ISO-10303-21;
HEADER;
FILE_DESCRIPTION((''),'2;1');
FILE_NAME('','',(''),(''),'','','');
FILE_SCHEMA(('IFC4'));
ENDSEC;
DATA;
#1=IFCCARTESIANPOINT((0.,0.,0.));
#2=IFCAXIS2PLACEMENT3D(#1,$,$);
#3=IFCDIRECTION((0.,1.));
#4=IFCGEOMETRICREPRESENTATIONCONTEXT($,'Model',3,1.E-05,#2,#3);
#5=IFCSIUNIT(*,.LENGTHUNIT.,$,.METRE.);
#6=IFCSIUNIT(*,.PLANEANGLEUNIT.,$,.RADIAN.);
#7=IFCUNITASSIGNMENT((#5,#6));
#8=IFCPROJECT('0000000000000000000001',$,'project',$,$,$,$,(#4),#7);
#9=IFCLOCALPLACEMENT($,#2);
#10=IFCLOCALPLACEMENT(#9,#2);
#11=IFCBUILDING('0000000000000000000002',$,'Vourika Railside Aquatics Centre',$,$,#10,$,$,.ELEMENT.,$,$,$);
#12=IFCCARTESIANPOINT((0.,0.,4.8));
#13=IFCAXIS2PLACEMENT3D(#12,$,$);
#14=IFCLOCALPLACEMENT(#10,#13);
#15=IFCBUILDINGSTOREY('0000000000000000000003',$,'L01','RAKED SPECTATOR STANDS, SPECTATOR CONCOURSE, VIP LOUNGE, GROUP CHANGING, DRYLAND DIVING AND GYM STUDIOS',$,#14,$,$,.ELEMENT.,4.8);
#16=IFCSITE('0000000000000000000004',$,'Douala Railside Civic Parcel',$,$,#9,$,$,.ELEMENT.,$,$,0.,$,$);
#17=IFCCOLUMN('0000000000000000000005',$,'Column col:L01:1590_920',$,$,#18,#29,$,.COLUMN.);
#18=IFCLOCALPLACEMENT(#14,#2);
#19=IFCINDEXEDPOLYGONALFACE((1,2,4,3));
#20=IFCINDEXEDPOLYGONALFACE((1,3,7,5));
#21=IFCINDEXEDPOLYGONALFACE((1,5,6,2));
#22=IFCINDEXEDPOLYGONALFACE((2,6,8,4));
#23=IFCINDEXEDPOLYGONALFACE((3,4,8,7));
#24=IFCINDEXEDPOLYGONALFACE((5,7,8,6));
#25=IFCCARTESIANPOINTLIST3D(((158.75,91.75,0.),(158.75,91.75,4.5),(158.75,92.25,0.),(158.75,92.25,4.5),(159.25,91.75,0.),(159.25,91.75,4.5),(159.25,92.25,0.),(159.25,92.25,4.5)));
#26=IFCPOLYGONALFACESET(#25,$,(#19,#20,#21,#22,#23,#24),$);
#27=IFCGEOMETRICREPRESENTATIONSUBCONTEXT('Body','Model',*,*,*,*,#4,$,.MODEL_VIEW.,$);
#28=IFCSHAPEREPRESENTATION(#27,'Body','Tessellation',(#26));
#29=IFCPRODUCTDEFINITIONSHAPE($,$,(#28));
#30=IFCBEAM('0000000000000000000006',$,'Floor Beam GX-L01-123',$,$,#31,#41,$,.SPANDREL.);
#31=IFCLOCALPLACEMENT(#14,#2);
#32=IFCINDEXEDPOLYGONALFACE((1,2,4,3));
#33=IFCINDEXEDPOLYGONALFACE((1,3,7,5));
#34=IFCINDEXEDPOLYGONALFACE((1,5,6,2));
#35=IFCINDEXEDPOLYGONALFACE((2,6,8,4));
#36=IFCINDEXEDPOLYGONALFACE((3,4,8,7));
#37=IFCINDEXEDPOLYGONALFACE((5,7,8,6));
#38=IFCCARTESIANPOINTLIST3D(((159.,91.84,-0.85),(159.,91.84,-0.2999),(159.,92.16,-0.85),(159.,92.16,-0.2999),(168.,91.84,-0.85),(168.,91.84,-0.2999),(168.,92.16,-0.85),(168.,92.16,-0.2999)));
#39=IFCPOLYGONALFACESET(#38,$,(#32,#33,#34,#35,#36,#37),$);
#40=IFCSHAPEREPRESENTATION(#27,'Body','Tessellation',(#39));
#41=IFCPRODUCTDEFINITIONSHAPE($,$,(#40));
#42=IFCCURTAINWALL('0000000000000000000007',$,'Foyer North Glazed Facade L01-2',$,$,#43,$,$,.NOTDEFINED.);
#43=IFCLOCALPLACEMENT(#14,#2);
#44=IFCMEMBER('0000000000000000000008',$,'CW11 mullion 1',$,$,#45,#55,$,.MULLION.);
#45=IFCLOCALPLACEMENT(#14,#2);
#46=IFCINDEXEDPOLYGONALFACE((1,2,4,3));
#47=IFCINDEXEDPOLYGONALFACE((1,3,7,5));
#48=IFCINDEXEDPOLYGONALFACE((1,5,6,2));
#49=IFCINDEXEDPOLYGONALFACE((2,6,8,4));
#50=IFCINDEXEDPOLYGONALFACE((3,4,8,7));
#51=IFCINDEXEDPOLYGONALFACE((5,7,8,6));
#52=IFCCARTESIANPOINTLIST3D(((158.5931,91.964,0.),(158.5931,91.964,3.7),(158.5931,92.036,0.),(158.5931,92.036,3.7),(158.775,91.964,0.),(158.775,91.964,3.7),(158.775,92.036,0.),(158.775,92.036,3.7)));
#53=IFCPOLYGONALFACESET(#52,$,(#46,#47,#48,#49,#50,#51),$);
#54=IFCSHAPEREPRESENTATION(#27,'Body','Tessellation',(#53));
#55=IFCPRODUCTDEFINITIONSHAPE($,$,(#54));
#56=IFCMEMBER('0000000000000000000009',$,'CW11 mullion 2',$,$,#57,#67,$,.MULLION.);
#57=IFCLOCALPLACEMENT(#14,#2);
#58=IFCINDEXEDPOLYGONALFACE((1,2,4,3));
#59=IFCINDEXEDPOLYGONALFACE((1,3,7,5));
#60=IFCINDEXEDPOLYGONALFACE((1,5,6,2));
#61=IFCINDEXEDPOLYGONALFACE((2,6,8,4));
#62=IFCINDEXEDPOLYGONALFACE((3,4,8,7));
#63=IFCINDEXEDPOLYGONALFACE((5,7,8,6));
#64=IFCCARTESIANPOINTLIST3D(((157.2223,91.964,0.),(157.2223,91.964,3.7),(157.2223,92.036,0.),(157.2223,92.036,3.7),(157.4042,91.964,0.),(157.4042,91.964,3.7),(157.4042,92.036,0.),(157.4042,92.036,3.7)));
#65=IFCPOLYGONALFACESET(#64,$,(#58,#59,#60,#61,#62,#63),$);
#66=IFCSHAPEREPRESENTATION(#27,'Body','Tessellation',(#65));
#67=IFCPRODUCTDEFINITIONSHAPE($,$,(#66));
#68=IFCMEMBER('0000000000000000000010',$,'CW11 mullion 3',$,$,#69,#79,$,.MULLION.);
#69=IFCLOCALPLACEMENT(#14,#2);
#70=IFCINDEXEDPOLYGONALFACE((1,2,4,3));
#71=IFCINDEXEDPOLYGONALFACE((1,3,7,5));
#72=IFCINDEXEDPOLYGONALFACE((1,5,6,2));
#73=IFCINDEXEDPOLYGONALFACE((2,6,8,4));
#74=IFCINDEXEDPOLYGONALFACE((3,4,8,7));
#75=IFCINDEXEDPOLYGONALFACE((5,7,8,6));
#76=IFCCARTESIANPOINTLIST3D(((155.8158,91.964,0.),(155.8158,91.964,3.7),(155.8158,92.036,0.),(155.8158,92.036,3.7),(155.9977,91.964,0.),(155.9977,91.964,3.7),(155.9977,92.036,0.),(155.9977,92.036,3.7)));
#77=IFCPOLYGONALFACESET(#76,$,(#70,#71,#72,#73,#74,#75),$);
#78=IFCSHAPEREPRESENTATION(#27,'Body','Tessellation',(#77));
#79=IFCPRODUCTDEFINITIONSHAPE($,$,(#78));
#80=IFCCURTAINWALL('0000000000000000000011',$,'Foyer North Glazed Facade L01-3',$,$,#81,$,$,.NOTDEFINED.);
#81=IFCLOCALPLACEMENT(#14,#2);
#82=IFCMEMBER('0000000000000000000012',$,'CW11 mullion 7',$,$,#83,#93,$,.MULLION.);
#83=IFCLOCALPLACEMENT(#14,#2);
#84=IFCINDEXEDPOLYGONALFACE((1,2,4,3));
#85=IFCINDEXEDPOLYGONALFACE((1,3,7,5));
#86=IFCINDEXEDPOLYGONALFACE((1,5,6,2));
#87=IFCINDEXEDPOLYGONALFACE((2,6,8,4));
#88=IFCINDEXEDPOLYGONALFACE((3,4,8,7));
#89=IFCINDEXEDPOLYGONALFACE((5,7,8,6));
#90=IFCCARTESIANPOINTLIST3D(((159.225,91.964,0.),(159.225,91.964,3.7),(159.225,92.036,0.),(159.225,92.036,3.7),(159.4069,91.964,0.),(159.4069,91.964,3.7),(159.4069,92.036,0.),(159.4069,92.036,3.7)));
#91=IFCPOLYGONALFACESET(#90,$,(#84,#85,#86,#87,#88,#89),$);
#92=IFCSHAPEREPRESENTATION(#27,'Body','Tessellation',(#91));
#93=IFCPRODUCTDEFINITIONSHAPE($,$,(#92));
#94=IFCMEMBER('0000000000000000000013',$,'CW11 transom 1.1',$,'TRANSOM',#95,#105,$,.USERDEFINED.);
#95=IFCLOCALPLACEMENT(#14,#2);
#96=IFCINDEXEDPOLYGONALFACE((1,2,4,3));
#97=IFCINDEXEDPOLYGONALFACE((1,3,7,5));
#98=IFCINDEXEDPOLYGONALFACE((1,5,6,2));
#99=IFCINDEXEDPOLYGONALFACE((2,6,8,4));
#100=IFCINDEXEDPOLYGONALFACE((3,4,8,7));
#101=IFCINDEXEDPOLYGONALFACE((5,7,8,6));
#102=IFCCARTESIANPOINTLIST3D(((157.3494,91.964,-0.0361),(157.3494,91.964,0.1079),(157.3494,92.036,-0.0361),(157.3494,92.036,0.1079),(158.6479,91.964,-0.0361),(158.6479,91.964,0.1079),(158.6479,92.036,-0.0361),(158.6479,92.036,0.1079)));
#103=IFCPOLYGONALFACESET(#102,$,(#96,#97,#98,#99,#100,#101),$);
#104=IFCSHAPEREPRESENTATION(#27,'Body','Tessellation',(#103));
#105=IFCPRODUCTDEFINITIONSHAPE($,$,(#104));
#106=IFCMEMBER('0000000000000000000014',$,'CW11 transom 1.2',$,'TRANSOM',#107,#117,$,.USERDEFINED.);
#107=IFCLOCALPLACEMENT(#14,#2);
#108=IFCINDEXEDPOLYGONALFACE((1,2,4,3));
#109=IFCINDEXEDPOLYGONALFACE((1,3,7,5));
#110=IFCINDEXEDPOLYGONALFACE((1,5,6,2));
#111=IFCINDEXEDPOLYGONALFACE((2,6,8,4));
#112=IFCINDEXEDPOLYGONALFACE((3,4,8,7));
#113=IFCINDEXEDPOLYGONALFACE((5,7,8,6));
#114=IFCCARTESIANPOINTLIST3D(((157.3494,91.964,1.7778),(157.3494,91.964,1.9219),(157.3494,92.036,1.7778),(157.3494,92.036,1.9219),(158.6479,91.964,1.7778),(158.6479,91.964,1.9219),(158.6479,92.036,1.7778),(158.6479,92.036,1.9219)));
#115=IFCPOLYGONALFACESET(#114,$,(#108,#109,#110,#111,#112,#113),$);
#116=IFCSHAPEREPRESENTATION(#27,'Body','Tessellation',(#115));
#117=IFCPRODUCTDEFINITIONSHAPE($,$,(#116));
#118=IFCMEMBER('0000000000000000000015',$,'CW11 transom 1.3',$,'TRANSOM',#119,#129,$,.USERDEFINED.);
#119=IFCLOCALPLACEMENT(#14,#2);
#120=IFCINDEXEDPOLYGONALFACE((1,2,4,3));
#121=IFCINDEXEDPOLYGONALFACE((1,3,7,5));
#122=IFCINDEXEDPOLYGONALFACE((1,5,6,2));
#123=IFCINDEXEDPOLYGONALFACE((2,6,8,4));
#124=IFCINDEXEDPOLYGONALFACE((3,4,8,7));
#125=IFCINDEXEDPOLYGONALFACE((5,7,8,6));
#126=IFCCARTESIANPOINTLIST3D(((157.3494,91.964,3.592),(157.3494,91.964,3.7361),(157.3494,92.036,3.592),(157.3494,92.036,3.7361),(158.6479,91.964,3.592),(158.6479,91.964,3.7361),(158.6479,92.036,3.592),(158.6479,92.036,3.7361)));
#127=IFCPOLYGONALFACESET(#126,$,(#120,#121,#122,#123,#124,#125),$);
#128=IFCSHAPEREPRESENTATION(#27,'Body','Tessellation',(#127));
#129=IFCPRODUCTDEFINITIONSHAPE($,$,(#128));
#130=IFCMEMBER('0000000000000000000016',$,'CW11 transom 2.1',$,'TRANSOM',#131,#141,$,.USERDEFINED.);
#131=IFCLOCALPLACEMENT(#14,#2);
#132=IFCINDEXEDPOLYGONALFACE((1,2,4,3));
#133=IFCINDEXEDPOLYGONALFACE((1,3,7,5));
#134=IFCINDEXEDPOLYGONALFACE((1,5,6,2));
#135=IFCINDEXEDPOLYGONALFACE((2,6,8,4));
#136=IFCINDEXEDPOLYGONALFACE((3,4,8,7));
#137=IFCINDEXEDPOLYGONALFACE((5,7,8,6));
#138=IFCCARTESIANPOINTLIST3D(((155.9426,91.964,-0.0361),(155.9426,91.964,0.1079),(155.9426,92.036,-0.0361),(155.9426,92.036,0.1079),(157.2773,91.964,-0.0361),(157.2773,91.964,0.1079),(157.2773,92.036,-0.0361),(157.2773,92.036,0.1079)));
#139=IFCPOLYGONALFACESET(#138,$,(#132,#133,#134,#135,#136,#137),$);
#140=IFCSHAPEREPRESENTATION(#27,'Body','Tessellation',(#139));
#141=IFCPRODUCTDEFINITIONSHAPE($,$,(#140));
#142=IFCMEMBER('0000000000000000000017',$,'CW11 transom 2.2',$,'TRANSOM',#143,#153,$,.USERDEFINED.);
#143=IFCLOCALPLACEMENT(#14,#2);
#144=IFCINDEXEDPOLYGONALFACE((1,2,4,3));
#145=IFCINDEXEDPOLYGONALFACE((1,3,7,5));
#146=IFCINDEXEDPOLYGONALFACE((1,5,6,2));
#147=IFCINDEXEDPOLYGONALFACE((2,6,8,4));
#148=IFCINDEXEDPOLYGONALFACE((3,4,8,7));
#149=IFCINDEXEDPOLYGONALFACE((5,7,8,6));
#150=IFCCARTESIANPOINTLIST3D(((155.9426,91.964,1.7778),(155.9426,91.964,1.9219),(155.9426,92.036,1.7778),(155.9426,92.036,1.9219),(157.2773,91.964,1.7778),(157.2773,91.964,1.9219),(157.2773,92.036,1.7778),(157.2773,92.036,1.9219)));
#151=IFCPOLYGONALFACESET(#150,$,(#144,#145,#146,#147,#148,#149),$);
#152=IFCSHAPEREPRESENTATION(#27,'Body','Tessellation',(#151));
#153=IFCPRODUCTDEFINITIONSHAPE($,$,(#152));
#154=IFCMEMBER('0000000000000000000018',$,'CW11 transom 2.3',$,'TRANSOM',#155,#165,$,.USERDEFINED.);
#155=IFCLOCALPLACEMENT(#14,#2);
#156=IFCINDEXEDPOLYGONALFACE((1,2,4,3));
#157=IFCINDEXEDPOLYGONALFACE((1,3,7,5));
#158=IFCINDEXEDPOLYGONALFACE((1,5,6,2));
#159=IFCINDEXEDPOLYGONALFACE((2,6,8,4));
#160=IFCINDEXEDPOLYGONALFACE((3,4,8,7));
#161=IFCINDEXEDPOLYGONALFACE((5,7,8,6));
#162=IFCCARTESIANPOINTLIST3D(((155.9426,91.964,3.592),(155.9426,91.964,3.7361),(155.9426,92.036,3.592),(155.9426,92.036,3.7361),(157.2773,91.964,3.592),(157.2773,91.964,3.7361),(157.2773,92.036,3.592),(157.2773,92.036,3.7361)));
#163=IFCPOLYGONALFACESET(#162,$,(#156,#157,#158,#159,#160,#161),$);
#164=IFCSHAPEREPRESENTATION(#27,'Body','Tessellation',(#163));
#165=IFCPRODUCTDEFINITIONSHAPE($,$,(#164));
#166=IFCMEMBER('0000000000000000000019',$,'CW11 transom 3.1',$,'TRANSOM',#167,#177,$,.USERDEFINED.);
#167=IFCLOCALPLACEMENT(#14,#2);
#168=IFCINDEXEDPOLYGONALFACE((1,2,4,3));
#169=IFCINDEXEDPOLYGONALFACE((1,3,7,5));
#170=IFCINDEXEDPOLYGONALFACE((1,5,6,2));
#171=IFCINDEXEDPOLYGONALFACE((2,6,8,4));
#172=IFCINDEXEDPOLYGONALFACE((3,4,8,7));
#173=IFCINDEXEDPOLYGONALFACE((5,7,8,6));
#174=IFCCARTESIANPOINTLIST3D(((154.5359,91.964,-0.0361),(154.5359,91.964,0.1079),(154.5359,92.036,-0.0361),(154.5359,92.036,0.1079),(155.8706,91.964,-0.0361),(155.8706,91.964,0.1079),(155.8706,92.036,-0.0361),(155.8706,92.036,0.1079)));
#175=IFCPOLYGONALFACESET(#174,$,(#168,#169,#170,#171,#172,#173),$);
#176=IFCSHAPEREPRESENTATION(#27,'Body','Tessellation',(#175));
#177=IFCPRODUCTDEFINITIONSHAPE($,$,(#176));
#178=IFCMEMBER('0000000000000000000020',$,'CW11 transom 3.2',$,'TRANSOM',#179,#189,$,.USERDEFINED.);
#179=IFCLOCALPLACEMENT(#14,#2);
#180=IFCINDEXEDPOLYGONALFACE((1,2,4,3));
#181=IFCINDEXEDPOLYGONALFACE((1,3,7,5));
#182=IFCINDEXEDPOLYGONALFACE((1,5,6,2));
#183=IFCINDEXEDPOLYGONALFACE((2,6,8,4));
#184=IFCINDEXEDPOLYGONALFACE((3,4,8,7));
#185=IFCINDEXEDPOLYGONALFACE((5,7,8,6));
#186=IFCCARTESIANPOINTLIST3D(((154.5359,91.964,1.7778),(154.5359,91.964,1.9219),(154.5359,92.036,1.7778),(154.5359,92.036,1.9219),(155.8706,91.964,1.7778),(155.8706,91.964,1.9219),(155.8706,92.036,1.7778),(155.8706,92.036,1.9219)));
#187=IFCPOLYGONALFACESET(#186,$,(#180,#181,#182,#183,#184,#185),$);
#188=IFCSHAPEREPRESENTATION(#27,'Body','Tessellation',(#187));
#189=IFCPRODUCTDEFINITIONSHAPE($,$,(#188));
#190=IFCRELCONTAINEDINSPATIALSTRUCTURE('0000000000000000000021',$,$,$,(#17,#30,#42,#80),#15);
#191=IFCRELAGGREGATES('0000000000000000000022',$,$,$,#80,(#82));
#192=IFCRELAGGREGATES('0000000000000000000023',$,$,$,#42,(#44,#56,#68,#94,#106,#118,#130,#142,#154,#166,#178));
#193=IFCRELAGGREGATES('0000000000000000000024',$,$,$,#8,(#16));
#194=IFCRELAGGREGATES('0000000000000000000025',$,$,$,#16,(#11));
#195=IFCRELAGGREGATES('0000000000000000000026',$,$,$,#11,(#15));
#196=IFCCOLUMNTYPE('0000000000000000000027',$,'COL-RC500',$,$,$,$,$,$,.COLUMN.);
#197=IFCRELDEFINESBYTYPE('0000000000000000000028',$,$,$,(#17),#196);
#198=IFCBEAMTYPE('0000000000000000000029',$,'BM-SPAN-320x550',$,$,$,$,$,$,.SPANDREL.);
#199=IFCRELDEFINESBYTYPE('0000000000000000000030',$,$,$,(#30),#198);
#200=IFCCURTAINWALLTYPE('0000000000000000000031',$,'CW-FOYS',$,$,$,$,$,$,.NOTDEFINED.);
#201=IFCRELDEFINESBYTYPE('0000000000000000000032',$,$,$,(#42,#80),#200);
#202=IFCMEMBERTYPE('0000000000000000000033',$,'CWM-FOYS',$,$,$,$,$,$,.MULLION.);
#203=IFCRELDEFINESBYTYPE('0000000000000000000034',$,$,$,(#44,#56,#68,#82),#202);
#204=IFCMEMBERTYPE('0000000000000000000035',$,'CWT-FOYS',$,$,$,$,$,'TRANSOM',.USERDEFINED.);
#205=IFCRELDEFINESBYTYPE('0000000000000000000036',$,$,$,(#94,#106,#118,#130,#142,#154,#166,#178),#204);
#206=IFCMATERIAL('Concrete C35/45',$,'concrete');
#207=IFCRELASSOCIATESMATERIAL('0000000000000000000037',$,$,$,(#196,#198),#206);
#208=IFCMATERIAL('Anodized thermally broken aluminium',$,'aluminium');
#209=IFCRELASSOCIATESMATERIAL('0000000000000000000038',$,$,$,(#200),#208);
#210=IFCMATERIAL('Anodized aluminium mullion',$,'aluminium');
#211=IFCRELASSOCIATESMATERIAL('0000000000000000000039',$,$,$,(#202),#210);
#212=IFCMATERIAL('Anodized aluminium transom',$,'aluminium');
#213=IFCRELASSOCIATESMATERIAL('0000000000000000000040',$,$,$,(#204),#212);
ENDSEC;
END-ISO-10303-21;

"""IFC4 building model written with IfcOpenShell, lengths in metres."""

from ifc_helpers import new_model, si_unit, direction, frame, origin, origin_2d, place, context, subcontext, project, spatial, rectangle, extrude, material, material_profile, profile_set, type_object, element, aggregate, save


model = new_model("IFC4")

# Units and contexts
model_context = context("Model", 3, precision=1e-05, world=origin(), true_north=direction((0.0, 1.0)))
body_context = subcontext(model_context, "Body", "Model", "MODEL_VIEW")
ifc_project = project(units=[si_unit("LENGTHUNIT", "METRE"), si_unit("PLANEANGLEUNIT", "RADIAN")], contexts=[model_context])

# Site, building, storey
site_placement = place(None, origin())
site = spatial("IfcSite", under=ifc_project, at=site_placement, Name="Douala Railside Civic Parcel", CompositionType="ELEMENT", RefElevation=0.0)
building_placement = place(site_placement, origin())
building = spatial("IfcBuilding", under=site, at=building_placement, Name="Vourika Railside Aquatics Centre", CompositionType="ELEMENT")
storey_placement = place(building_placement, frame((0.0, 0.0, 4.8)))
storey = spatial("IfcBuildingStorey", under=building, at=storey_placement, Name="L01", Description="RAKED SPECTATOR STANDS, SPECTATOR CONCOURSE, VIP LOUNGE, GROUP CHANGING, DRYLAND DIVING AND GYM STUDIOS", CompositionType="ELEMENT", Elevation=4.8)

# Column
ifc_material_1 = material(Name="Concrete C35/45", Category="concrete")
ifc_material_profile_1 = material_profile(ifc_material_1, rectangle(XDim=0.5, YDim=0.5, at=origin_2d()), Name="RC 500x500")
ifc_profile_set_1 = profile_set([ifc_material_profile_1], Name="Concrete C35/45")
column_type = type_object("IfcColumnType", Name="COL-RC500", PredefinedType="COLUMN", material=ifc_profile_set_1)
column_placement = place(storey_placement, frame((159.0, 92.0, 0.0), z_axis=(0.0, 0.0, 1.0), x_axis=(1.0, 0.0, 0.0)))
element("IfcColumn", 1, at=column_placement, inside=storey, type_object=column_type, Name="Column col:L01:1590_920", PredefinedType="COLUMN", context=body_context, shape_type="SweptSolid", body=[
    extrude(rectangle(XDim=0.5, YDim=0.5, at=origin_2d()), origin(), (0.0, 0.0, 1.0), 4.5),
])

# Beam
ifc_material_profile_2 = material_profile(ifc_material_1, rectangle(XDim=0.3201, YDim=0.55, at=origin_2d()), Name="RC 320x550")
ifc_profile_set_2 = profile_set([ifc_material_profile_2], Name="Concrete C35/45")
beam_type = type_object("IfcBeamType", Name="BM-SPAN-320x550", PredefinedType="SPANDREL", material=ifc_profile_set_2)
beam_placement = place(storey_placement, frame((159.0, 92.0, -0.575), z_axis=(1.0, 0.0, 0.0), x_axis=(0.0, 1.0, 0.0)))
element("IfcBeam", 2, at=beam_placement, inside=storey, type_object=beam_type, Name="Floor Beam GX-L01-123", PredefinedType="SPANDREL", context=body_context, shape_type="SweptSolid", body=[
    extrude(rectangle(XDim=0.3201, YDim=0.55, at=origin_2d()), origin(), (0.0, 0.0, 1.0), 9.0),
])

# Curtain wall, members
ifc_material_2 = material(Name="Anodized thermally broken aluminium", Category="aluminium")
curtain_wall_type = type_object("IfcCurtainWallType", Name="CW-FOYS", PredefinedType="NOTDEFINED", material=ifc_material_2)
curtain_wall_1_placement = place(storey_placement, origin())
curtain_wall_1 = element("IfcCurtainWall", 3, at=curtain_wall_1_placement, inside=storey, type_object=curtain_wall_type, Name="Foyer North Glazed Facade L01-2", PredefinedType="NOTDEFINED")
ifc_material_3 = material(Name="Anodized aluminium mullion", Category="aluminium")
ifc_material_profile_3 = material_profile(ifc_material_3, rectangle(XDim=0.072, YDim=0.1819, at=origin_2d()), Name="ALU-M 72x182")
ifc_profile_set_3 = profile_set([ifc_material_profile_3], Name="Anodized aluminium mullion")
member_type_1 = type_object("IfcMemberType", Name="CWM-FOYS", PredefinedType="MULLION", material=ifc_profile_set_3)
member_1_placement = place(storey_placement, frame((158.6841, 92.0, 0.0), z_axis=(0.0, 0.0, 1.0), x_axis=(0.0, -1.0, 0.0)))
member_1 = element("IfcMember", 4, at=member_1_placement, type_object=member_type_1, Name="CW11 mullion 1", PredefinedType="MULLION", context=body_context, shape_type="SweptSolid", body=[
    extrude(rectangle(XDim=0.072, YDim=0.1819, at=origin_2d()), origin(), (0.0, 0.0, 1.0), 3.7),
])
member_2_placement = place(storey_placement, frame((157.3132, 92.0, 0.0), z_axis=(0.0, 0.0, 1.0), x_axis=(0.0, -1.0, 0.0)))
member_2 = element("IfcMember", 5, at=member_2_placement, type_object=member_type_1, Name="CW11 mullion 2", PredefinedType="MULLION", context=body_context, shape_type="SweptSolid", body=[
    extrude(rectangle(XDim=0.072, YDim=0.1819, at=origin_2d()), origin(), (0.0, 0.0, 1.0), 3.7),
])
member_3_placement = place(storey_placement, frame((155.9067, 92.0, 0.0), z_axis=(0.0, 0.0, 1.0), x_axis=(0.0, -1.0, 0.0)))
member_3 = element("IfcMember", 6, at=member_3_placement, type_object=member_type_1, Name="CW11 mullion 3", PredefinedType="MULLION", context=body_context, shape_type="SweptSolid", body=[
    extrude(rectangle(XDim=0.072, YDim=0.1819, at=origin_2d()), origin(), (0.0, 0.0, 1.0), 3.7),
])

# Curtain wall, member
curtain_wall_2_placement = place(storey_placement, origin())
curtain_wall_2 = element("IfcCurtainWall", 7, at=curtain_wall_2_placement, inside=storey, type_object=curtain_wall_type, Name="Foyer North Glazed Facade L01-3", PredefinedType="NOTDEFINED")
member_4_placement = place(storey_placement, frame((159.3159, 92.0, 0.0), z_axis=(0.0, 0.0, 1.0), x_axis=(0.0, -1.0, 0.0)))
member_4 = element("IfcMember", 8, at=member_4_placement, type_object=member_type_1, Name="CW11 mullion 7", PredefinedType="MULLION", context=body_context, shape_type="SweptSolid", body=[
    extrude(rectangle(XDim=0.072, YDim=0.1819, at=origin_2d()), origin(), (0.0, 0.0, 1.0), 3.7),
])
aggregate(curtain_wall_2, [member_4])

# Members
ifc_material_4 = material(Name="Anodized aluminium transom", Category="aluminium")
ifc_material_profile_4 = material_profile(ifc_material_4, rectangle(XDim=0.072, YDim=0.144, at=origin_2d()), Name="ALU-T 72x144")
ifc_profile_set_4 = profile_set([ifc_material_profile_4], Name="Anodized aluminium transom")
member_type_2 = type_object("IfcMemberType", Name="CWT-FOYS", ElementType="TRANSOM", PredefinedType="USERDEFINED", material=ifc_profile_set_4)
member_5_placement = place(storey_placement, frame((158.6479, 92.0, 0.0359), z_axis=(-1.0, 0.0, 0.0), x_axis=(0.0, -1.0, 0.0)))
member_5 = element("IfcMember", 9, at=member_5_placement, type_object=member_type_2, Name="CW11 transom 1.1", ObjectType="TRANSOM", PredefinedType="USERDEFINED", context=body_context, shape_type="SweptSolid", body=[
    extrude(rectangle(XDim=0.072, YDim=0.144, at=origin_2d()), origin(), (0.0, 0.0, 1.0), 1.2986),
])
member_6_placement = place(storey_placement, frame((158.6479, 92.0, 1.8499), z_axis=(-1.0, 0.0, 0.0), x_axis=(0.0, -1.0, 0.0)))
member_6 = element("IfcMember", 10, at=member_6_placement, type_object=member_type_2, Name="CW11 transom 1.2", ObjectType="TRANSOM", PredefinedType="USERDEFINED", context=body_context, shape_type="SweptSolid", body=[
    extrude(rectangle(XDim=0.072, YDim=0.144, at=origin_2d()), origin(), (0.0, 0.0, 1.0), 1.2986),
])
member_7_placement = place(storey_placement, frame((158.6479, 92.0, 3.6641), z_axis=(-1.0, 0.0, 0.0), x_axis=(0.0, -1.0, 0.0)))
member_7 = element("IfcMember", 11, at=member_7_placement, type_object=member_type_2, Name="CW11 transom 1.3", ObjectType="TRANSOM", PredefinedType="USERDEFINED", context=body_context, shape_type="SweptSolid", body=[
    extrude(rectangle(XDim=0.072, YDim=0.144, at=origin_2d()), origin(), (0.0, 0.0, 1.0), 1.2986),
])
member_8_placement = place(storey_placement, frame((157.2773, 92.0, 0.0359), z_axis=(-1.0, 0.0, 0.0), x_axis=(0.0, -1.0, 0.0)))
member_8 = element("IfcMember", 12, at=member_8_placement, type_object=member_type_2, Name="CW11 transom 2.1", ObjectType="TRANSOM", PredefinedType="USERDEFINED", context=body_context, shape_type="SweptSolid", body=[
    extrude(rectangle(XDim=0.072, YDim=0.144, at=origin_2d()), origin(), (0.0, 0.0, 1.0), 1.3347),
])
member_9_placement = place(storey_placement, frame((157.2773, 92.0, 1.8499), z_axis=(-1.0, 0.0, 0.0), x_axis=(0.0, -1.0, 0.0)))
member_9 = element("IfcMember", 13, at=member_9_placement, type_object=member_type_2, Name="CW11 transom 2.2", ObjectType="TRANSOM", PredefinedType="USERDEFINED", context=body_context, shape_type="SweptSolid", body=[
    extrude(rectangle(XDim=0.072, YDim=0.144, at=origin_2d()), origin(), (0.0, 0.0, 1.0), 1.3347),
])
member_10_placement = place(storey_placement, frame((157.2773, 92.0, 3.6641), z_axis=(-1.0, 0.0, 0.0), x_axis=(0.0, -1.0, 0.0)))
member_10 = element("IfcMember", 14, at=member_10_placement, type_object=member_type_2, Name="CW11 transom 2.3", ObjectType="TRANSOM", PredefinedType="USERDEFINED", context=body_context, shape_type="SweptSolid", body=[
    extrude(rectangle(XDim=0.072, YDim=0.144, at=origin_2d()), origin(), (0.0, 0.0, 1.0), 1.3347),
])
member_11_placement = place(storey_placement, frame((155.8706, 92.0, 0.0359), z_axis=(-1.0, 0.0, 0.0), x_axis=(0.0, -1.0, 0.0)))
member_11 = element("IfcMember", 15, at=member_11_placement, type_object=member_type_2, Name="CW11 transom 3.1", ObjectType="TRANSOM", PredefinedType="USERDEFINED", context=body_context, shape_type="SweptSolid", body=[
    extrude(rectangle(XDim=0.072, YDim=0.144, at=origin_2d()), origin(), (0.0, 0.0, 1.0), 1.3347),
])
member_12_placement = place(storey_placement, frame((155.8706, 92.0, 1.8499), z_axis=(-1.0, 0.0, 0.0), x_axis=(0.0, -1.0, 0.0)))
member_12 = element("IfcMember", 16, at=member_12_placement, type_object=member_type_2, Name="CW11 transom 3.2", ObjectType="TRANSOM", PredefinedType="USERDEFINED", context=body_context, shape_type="SweptSolid", body=[
    extrude(rectangle(XDim=0.072, YDim=0.144, at=origin_2d()), origin(), (0.0, 0.0, 1.0), 1.3347),
])

aggregate(curtain_wall_1, [member_1, member_2, member_3, member_5, member_6, member_7, member_8, member_9, member_10, member_11, member_12])

save(model, "model.ifc")
